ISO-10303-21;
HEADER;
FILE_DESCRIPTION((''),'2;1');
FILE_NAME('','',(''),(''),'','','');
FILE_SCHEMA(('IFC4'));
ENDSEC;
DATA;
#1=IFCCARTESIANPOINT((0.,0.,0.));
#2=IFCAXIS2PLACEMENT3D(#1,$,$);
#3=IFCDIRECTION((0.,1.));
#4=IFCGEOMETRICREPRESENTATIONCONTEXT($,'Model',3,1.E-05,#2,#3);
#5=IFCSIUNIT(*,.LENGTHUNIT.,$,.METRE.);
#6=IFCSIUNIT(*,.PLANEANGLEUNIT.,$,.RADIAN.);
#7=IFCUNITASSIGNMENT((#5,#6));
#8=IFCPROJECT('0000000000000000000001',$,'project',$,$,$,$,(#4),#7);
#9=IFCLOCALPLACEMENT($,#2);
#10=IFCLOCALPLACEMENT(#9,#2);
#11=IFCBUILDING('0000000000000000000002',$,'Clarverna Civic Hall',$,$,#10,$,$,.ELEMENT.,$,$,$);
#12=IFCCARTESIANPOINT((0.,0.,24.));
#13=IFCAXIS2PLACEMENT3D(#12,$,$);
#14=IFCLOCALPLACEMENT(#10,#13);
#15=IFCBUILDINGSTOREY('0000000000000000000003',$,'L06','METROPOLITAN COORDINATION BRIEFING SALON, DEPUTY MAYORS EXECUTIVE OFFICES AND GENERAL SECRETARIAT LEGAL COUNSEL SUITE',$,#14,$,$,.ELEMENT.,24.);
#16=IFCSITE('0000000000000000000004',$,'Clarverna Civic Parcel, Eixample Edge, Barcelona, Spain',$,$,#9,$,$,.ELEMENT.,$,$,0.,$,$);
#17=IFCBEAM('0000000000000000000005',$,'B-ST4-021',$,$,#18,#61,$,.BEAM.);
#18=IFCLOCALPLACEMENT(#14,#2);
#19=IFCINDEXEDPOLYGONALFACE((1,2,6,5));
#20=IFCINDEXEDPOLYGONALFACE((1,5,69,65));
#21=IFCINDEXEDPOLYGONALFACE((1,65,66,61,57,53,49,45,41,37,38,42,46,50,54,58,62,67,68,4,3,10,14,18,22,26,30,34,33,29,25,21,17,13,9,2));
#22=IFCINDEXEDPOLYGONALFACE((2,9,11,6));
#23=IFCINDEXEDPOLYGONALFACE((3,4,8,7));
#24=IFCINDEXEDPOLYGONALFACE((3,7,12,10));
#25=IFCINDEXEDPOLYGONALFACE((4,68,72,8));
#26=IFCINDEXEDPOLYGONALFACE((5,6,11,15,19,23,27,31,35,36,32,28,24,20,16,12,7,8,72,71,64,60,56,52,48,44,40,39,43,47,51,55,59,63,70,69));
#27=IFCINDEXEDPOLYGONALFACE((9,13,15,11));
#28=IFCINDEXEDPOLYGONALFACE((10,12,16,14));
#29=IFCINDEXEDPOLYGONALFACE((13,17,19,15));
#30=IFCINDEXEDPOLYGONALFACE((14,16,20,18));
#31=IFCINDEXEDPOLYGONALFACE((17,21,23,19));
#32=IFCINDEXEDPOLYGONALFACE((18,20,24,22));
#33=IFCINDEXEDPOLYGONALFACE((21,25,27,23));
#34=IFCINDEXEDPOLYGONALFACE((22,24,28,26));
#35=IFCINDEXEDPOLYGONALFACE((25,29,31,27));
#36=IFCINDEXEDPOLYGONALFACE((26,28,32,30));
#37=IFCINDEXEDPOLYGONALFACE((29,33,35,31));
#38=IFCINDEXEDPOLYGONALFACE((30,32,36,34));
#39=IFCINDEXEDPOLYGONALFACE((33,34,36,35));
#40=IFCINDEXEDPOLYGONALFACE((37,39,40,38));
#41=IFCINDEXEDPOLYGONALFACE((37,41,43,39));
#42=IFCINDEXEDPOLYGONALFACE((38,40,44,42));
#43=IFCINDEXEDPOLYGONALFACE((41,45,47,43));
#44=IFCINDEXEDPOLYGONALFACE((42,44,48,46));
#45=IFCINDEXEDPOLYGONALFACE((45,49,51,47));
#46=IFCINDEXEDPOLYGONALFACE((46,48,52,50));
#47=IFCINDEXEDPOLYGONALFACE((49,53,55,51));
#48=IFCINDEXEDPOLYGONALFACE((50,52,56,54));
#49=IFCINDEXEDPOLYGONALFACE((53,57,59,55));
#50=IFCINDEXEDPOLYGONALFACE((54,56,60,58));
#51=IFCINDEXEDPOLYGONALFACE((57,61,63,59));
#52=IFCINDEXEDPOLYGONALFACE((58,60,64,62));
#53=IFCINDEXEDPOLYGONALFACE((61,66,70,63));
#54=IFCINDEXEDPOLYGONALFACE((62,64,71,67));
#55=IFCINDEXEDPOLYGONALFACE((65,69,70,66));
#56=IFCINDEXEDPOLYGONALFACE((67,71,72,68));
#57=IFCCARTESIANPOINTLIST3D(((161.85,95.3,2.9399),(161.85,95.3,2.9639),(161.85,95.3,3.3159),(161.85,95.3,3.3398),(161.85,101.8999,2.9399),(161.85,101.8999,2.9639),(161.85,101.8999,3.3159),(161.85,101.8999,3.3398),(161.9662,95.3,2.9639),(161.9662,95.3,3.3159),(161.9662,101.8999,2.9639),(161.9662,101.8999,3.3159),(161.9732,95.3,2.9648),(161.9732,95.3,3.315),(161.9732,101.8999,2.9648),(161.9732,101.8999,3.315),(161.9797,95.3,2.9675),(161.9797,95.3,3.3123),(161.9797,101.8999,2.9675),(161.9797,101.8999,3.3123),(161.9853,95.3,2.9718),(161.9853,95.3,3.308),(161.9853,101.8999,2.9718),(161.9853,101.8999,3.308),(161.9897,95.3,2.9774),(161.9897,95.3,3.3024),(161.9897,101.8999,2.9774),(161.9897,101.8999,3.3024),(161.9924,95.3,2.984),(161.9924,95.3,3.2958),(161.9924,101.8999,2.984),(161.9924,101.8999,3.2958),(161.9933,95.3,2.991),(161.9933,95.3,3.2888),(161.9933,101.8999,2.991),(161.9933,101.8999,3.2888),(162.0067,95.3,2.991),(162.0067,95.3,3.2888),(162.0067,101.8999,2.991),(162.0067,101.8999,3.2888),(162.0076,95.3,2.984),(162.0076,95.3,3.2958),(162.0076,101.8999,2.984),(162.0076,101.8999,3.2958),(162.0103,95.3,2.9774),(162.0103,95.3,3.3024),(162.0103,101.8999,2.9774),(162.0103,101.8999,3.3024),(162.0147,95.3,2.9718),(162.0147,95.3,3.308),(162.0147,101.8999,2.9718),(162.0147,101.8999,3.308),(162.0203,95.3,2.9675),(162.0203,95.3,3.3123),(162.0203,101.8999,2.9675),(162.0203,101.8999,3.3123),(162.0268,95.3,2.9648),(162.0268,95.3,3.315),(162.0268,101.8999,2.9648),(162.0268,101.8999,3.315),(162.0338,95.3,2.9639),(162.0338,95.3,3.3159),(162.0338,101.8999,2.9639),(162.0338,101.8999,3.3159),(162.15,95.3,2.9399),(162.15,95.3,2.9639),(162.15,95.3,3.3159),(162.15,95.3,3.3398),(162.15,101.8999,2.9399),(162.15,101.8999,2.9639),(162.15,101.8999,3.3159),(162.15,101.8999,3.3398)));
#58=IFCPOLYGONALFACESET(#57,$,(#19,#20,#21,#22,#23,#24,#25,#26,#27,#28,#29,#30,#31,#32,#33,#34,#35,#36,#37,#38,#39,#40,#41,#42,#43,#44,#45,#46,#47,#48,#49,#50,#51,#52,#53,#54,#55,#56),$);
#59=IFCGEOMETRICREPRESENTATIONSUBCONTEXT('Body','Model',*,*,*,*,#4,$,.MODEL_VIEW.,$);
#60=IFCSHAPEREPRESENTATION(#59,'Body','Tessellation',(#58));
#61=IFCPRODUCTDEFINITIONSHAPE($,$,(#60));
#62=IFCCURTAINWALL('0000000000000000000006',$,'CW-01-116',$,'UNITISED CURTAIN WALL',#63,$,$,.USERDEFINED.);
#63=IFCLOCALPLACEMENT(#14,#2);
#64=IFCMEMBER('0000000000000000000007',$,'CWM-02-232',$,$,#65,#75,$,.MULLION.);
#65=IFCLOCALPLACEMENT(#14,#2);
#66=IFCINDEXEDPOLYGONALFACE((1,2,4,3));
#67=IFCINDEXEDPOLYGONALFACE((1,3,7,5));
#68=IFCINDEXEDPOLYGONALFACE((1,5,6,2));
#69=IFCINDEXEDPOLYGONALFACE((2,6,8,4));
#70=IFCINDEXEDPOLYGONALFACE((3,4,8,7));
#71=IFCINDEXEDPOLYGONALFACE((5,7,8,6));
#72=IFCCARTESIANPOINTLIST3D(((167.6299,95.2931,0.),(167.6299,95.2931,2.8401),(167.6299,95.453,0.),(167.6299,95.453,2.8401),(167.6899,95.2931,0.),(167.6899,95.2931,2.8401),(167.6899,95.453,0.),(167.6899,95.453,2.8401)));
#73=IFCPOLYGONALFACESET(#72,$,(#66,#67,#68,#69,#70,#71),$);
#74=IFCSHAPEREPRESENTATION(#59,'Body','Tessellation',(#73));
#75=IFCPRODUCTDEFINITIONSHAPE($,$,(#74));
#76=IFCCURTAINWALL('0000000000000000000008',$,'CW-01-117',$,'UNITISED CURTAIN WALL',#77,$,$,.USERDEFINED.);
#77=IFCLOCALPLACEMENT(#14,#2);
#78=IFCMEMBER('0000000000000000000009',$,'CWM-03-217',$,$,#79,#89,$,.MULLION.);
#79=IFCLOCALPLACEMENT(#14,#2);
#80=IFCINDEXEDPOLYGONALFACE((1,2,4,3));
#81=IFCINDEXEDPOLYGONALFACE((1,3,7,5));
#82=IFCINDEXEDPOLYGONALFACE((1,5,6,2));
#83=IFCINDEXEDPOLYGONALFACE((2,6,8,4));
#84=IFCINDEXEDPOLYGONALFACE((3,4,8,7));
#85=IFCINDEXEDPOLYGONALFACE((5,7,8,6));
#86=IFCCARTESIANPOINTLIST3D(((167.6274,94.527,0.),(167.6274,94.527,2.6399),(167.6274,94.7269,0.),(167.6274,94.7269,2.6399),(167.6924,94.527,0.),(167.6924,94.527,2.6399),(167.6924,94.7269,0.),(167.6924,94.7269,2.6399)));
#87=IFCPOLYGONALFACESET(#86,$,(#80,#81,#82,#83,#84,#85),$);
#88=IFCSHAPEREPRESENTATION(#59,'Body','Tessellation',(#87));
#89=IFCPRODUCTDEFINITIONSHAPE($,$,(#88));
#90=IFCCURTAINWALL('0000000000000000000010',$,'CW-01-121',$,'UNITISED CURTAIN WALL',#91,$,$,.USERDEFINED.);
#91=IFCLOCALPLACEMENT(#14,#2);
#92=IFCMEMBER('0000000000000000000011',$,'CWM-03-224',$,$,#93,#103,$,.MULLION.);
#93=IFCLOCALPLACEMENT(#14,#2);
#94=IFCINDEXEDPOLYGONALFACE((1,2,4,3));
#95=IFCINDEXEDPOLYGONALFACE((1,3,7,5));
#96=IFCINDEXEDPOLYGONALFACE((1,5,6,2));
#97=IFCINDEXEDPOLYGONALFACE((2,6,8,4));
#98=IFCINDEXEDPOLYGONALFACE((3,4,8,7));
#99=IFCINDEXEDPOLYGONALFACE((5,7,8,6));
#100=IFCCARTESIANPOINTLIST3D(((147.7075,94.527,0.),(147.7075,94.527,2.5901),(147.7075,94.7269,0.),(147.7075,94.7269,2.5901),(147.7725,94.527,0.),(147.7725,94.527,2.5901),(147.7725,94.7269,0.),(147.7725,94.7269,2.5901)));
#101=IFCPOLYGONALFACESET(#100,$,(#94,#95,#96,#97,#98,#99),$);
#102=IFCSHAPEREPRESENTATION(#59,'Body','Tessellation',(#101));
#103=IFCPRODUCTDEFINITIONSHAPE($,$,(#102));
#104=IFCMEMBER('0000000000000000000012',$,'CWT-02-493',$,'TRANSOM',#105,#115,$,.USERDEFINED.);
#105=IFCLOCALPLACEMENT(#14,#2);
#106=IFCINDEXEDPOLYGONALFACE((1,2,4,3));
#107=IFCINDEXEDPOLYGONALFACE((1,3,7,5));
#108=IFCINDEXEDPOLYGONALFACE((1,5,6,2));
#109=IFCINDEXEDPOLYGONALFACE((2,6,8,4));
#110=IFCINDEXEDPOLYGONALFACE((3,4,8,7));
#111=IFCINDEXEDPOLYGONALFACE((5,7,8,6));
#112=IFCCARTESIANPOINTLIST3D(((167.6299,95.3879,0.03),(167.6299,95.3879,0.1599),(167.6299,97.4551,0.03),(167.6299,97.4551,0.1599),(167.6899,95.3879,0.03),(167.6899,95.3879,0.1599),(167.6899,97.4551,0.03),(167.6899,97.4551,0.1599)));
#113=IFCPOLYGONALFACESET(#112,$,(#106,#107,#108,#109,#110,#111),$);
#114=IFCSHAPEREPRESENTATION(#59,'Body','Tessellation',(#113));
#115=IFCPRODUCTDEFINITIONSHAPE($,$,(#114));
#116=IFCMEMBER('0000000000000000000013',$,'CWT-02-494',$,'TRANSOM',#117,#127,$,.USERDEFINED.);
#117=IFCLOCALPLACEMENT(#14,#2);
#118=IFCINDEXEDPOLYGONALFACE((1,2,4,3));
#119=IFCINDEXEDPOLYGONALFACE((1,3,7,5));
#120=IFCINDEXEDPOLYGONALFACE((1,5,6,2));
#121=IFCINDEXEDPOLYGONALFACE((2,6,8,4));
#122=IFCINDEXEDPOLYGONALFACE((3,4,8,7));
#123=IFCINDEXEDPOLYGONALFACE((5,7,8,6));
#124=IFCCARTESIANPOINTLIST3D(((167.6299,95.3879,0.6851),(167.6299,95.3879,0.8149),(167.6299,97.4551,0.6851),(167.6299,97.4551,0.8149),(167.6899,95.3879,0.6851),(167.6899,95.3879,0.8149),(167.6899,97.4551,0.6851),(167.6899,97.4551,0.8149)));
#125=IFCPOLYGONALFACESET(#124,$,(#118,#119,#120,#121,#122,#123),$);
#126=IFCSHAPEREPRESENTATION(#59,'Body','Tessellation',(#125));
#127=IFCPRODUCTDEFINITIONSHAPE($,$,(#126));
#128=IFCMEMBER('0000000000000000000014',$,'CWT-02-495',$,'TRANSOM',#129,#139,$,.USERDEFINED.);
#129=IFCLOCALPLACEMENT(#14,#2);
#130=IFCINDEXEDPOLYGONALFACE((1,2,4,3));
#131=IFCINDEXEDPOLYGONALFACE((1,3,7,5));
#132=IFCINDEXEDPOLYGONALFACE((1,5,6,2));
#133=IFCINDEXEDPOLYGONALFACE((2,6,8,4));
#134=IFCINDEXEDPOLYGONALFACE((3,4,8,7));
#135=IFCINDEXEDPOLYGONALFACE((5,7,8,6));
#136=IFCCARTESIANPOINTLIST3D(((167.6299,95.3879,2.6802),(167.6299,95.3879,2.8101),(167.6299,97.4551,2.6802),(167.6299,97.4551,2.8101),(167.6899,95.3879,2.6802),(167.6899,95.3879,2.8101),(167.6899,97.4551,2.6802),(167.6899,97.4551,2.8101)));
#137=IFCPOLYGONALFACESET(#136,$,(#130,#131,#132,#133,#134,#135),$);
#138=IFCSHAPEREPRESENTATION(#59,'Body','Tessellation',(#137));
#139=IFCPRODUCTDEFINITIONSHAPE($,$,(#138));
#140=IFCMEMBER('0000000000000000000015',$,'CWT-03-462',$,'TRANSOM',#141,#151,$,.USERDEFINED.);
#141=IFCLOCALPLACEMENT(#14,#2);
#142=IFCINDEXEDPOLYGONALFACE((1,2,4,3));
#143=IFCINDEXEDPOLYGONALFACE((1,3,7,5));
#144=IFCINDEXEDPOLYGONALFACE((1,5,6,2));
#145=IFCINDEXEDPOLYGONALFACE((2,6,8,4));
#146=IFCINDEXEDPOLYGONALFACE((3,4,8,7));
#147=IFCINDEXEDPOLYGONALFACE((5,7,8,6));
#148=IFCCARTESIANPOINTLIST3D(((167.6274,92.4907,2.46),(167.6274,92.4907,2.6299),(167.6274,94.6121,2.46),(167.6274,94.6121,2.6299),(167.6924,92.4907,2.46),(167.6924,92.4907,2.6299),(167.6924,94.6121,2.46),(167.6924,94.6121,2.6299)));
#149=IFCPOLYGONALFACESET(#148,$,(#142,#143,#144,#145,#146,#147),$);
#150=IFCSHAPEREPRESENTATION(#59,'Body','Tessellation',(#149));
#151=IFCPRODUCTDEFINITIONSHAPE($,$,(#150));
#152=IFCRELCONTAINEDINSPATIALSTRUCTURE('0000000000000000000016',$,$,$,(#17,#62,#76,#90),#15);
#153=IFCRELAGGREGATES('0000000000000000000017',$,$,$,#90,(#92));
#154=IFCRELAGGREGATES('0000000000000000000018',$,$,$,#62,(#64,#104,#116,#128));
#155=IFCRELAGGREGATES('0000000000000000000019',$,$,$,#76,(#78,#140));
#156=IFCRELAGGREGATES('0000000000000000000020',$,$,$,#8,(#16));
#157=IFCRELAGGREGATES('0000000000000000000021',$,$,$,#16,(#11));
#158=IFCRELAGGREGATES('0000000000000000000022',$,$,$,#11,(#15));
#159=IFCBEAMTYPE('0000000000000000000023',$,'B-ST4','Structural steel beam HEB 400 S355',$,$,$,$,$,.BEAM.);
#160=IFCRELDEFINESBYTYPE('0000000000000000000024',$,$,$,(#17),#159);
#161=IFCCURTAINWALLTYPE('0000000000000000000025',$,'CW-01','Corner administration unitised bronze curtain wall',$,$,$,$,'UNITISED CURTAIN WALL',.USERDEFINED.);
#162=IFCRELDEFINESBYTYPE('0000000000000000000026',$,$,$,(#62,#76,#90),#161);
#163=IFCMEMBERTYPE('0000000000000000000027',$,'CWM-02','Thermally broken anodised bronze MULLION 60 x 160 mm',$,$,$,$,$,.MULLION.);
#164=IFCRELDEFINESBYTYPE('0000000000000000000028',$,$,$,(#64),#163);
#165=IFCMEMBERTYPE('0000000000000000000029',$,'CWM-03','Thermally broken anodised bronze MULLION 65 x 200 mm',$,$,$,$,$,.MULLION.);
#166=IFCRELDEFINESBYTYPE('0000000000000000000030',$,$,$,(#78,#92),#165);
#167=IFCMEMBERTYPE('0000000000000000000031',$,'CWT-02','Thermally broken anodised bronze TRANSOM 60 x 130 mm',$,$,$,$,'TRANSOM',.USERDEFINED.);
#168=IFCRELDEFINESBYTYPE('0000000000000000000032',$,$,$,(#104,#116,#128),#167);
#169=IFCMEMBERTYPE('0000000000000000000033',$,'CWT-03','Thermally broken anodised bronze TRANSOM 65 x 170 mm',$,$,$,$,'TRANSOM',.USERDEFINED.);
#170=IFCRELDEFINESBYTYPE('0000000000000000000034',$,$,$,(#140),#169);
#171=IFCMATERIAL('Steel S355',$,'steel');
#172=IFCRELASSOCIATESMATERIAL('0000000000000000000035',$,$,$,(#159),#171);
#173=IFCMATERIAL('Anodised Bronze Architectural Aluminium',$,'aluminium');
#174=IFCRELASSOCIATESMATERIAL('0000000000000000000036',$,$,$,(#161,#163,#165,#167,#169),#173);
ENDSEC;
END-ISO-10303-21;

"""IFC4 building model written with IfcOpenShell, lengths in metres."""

from ifc_helpers import new_model, si_unit, direction, frame, origin, origin_2d, place, context, subcontext, project, spatial, rectangle, i_section, extrude, material, material_profile, profile_set, type_object, element, aggregate, save


model = new_model("IFC4")

# Units and contexts
model_context = context("Model", 3, precision=1e-05, world=origin(), true_north=direction((0.0, 1.0)))
body_context = subcontext(model_context, "Body", "Model", "MODEL_VIEW")
ifc_project = project(units=[si_unit("LENGTHUNIT", "METRE"), si_unit("PLANEANGLEUNIT", "RADIAN")], contexts=[model_context])

# Site, building, storey
site_placement = place(None, origin())
site = spatial("IfcSite", under=ifc_project, at=site_placement, Name="Clarverna Civic Parcel, Eixample Edge, Barcelona, Spain", CompositionType="ELEMENT", RefElevation=0.0)
building_placement = place(site_placement, origin())
building = spatial("IfcBuilding", under=site, at=building_placement, Name="Clarverna Civic Hall", CompositionType="ELEMENT")
storey_placement = place(building_placement, frame((0.0, 0.0, 24.0)))
storey = spatial("IfcBuildingStorey", under=building, at=storey_placement, Name="L06", Description="METROPOLITAN COORDINATION BRIEFING SALON, DEPUTY MAYORS EXECUTIVE OFFICES AND GENERAL SECRETARIAT LEGAL COUNSEL SUITE", CompositionType="ELEMENT", Elevation=24.0)

# Beam
ifc_material_1 = material(Name="Steel S355", Category="steel")
ifc_material_profile_1 = material_profile(ifc_material_1, i_section(OverallWidth=0.3, OverallDepth=0.3999, WebThickness=0.0134, FlangeThickness=0.0239, FilletRadius=0.0271, at=origin_2d()), Name="HEB 400")
ifc_profile_set_1 = profile_set([ifc_material_profile_1], Name="Steel S355")
beam_type_1 = type_object("IfcBeamType", Name="B-ST4", Description="Structural steel beam HEB 400 S355", PredefinedType="BEAM", material=ifc_profile_set_1)
beam_1_placement = place(storey_placement, frame((162.0, 95.3, 3.1399), z_axis=(0.0, 1.0, 0.0), x_axis=(-1.0, 0.0, 0.0)))
element("IfcBeam", 1, at=beam_1_placement, inside=storey, type_object=beam_type_1, Name="B-ST4-021", PredefinedType="BEAM", context=body_context, shape_type="SweptSolid", body=[
    extrude(i_section(OverallWidth=0.3, OverallDepth=0.3999, WebThickness=0.0134, FlangeThickness=0.0239, FilletRadius=0.0271, at=origin_2d()), origin(), (0.0, 0.0, 1.0), 6.5999),
])

# Curtain walls, members
ifc_material_2 = material(Name="Anodised Bronze Architectural Aluminium", Category="aluminium")
curtain_wall_type = type_object("IfcCurtainWallType", Name="CW-01", Description="Corner administration unitised bronze curtain wall", ElementType="UNITISED CURTAIN WALL", PredefinedType="USERDEFINED", material=ifc_material_2)
curtain_wall_1_placement = place(storey_placement, origin())
curtain_wall_1 = element("IfcCurtainWall", 2, at=curtain_wall_1_placement, inside=storey, type_object=curtain_wall_type, Name="CW-01-116", ObjectType="UNITISED CURTAIN WALL", PredefinedType="USERDEFINED")
ifc_material_profile_2 = material_profile(ifc_material_2, rectangle(XDim=0.0601, YDim=0.1599, at=origin_2d()), Name="BRONZE 60x160")
ifc_profile_set_2 = profile_set([ifc_material_profile_2], Name="Anodised Bronze Architectural Aluminium")
member_type_1 = type_object("IfcMemberType", Name="CWM-02", Description="Thermally broken anodised bronze MULLION 60 x 160 mm", PredefinedType="MULLION", material=ifc_profile_set_2)
member_1_placement = place(storey_placement, frame((167.6599, 95.373, 0.0), z_axis=(0.0, 0.0, 1.0), x_axis=(1.0, 0.0, 0.0)))
member_1 = element("IfcMember", 3, at=member_1_placement, type_object=member_type_1, Name="CWM-02-232", PredefinedType="MULLION", context=body_context, shape_type="SweptSolid", body=[
    extrude(rectangle(XDim=0.0601, YDim=0.1599, at=origin_2d()), origin(), (0.0, 0.0, 1.0), 2.8401),
])
curtain_wall_2_placement = place(storey_placement, origin())
curtain_wall_2 = element("IfcCurtainWall", 4, at=curtain_wall_2_placement, inside=storey, type_object=curtain_wall_type, Name="CW-01-117", ObjectType="UNITISED CURTAIN WALL", PredefinedType="USERDEFINED")
ifc_material_profile_3 = material_profile(ifc_material_2, rectangle(XDim=0.0649, YDim=0.2, at=origin_2d()), Name="BRONZE 65x200")
ifc_profile_set_3 = profile_set([ifc_material_profile_3], Name="Anodised Bronze Architectural Aluminium")
member_type_2 = type_object("IfcMemberType", Name="CWM-03", Description="Thermally broken anodised bronze MULLION 65 x 200 mm", PredefinedType="MULLION", material=ifc_profile_set_3)
member_2_placement = place(storey_placement, frame((167.6599, 94.627, 0.0), z_axis=(0.0, 0.0, 1.0), x_axis=(1.0, 0.0, 0.0)))
member_2 = element("IfcMember", 5, at=member_2_placement, type_object=member_type_2, Name="CWM-03-217", PredefinedType="MULLION", context=body_context, shape_type="SweptSolid", body=[
    extrude(rectangle(XDim=0.0649, YDim=0.2, at=origin_2d()), origin(), (0.0, 0.0, 1.0), 2.6399),
])
curtain_wall_3_placement = place(storey_placement, origin())
curtain_wall_3 = element("IfcCurtainWall", 6, at=curtain_wall_3_placement, inside=storey, type_object=curtain_wall_type, Name="CW-01-121", ObjectType="UNITISED CURTAIN WALL", PredefinedType="USERDEFINED")
member_3_placement = place(storey_placement, frame((147.74, 94.627, 0.0), z_axis=(0.0, 0.0, 1.0), x_axis=(1.0, 0.0, 0.0)))
member_3 = element("IfcMember", 7, at=member_3_placement, type_object=member_type_2, Name="CWM-03-224", PredefinedType="MULLION", context=body_context, shape_type="SweptSolid", body=[
    extrude(rectangle(XDim=0.0649, YDim=0.2, at=origin_2d()), origin(), (0.0, 0.0, 1.0), 2.5901),
])
aggregate(curtain_wall_3, [member_3])

# Members
ifc_material_profile_4 = material_profile(ifc_material_2, rectangle(XDim=0.0601, YDim=0.1299, at=origin_2d()), Name="BRONZE 60x130")
ifc_profile_set_4 = profile_set([ifc_material_profile_4], Name="Anodised Bronze Architectural Aluminium")
member_type_3 = type_object("IfcMemberType", Name="CWT-02", Description="Thermally broken anodised bronze TRANSOM 60 x 130 mm", ElementType="TRANSOM", PredefinedType="USERDEFINED", material=ifc_profile_set_4)
member_4_placement = place(storey_placement, frame((167.6599, 97.4551, 0.095), z_axis=(0.0, -1.0, 0.0), x_axis=(1.0, 0.0, 0.0)))
member_4 = element("IfcMember", 8, at=member_4_placement, type_object=member_type_3, Name="CWT-02-493", ObjectType="TRANSOM", PredefinedType="USERDEFINED", context=body_context, shape_type="SweptSolid", body=[
    extrude(rectangle(XDim=0.0601, YDim=0.1299, at=origin_2d()), origin(), (0.0, 0.0, 1.0), 2.0671),
])
member_5_placement = place(storey_placement, frame((167.6599, 97.4551, 0.75), z_axis=(0.0, -1.0, 0.0), x_axis=(1.0, 0.0, 0.0)))
member_5 = element("IfcMember", 9, at=member_5_placement, type_object=member_type_3, Name="CWT-02-494", ObjectType="TRANSOM", PredefinedType="USERDEFINED", context=body_context, shape_type="SweptSolid", body=[
    extrude(rectangle(XDim=0.0601, YDim=0.1299, at=origin_2d()), origin(), (0.0, 0.0, 1.0), 2.0671),
])
member_6_placement = place(storey_placement, frame((167.6599, 97.4551, 2.7451), z_axis=(0.0, -1.0, 0.0), x_axis=(1.0, 0.0, 0.0)))
member_6 = element("IfcMember", 10, at=member_6_placement, type_object=member_type_3, Name="CWT-02-495", ObjectType="TRANSOM", PredefinedType="USERDEFINED", context=body_context, shape_type="SweptSolid", body=[
    extrude(rectangle(XDim=0.0601, YDim=0.1299, at=origin_2d()), origin(), (0.0, 0.0, 1.0), 2.0671),
])
ifc_material_profile_5 = material_profile(ifc_material_2, rectangle(XDim=0.0649, YDim=0.1699, at=origin_2d()), Name="BRONZE 65x170")
ifc_profile_set_5 = profile_set([ifc_material_profile_5], Name="Anodised Bronze Architectural Aluminium")
member_type_4 = type_object("IfcMemberType", Name="CWT-03", Description="Thermally broken anodised bronze TRANSOM 65 x 170 mm", ElementType="TRANSOM", PredefinedType="USERDEFINED", material=ifc_profile_set_5)
member_7_placement = place(storey_placement, frame((167.6599, 94.6121, 2.5449), z_axis=(0.0, -1.0, 0.0), x_axis=(1.0, 0.0, 0.0)))
member_7 = element("IfcMember", 11, at=member_7_placement, type_object=member_type_4, Name="CWT-03-462", ObjectType="TRANSOM", PredefinedType="USERDEFINED", context=body_context, shape_type="SweptSolid", body=[
    extrude(rectangle(XDim=0.0649, YDim=0.1699, at=origin_2d()), origin(), (0.0, 0.0, 1.0), 2.1213),
])

aggregate(curtain_wall_1, [member_1, member_4, member_5, member_6])
aggregate(curtain_wall_2, [member_2, member_7])

save(model, "model.ifc")
